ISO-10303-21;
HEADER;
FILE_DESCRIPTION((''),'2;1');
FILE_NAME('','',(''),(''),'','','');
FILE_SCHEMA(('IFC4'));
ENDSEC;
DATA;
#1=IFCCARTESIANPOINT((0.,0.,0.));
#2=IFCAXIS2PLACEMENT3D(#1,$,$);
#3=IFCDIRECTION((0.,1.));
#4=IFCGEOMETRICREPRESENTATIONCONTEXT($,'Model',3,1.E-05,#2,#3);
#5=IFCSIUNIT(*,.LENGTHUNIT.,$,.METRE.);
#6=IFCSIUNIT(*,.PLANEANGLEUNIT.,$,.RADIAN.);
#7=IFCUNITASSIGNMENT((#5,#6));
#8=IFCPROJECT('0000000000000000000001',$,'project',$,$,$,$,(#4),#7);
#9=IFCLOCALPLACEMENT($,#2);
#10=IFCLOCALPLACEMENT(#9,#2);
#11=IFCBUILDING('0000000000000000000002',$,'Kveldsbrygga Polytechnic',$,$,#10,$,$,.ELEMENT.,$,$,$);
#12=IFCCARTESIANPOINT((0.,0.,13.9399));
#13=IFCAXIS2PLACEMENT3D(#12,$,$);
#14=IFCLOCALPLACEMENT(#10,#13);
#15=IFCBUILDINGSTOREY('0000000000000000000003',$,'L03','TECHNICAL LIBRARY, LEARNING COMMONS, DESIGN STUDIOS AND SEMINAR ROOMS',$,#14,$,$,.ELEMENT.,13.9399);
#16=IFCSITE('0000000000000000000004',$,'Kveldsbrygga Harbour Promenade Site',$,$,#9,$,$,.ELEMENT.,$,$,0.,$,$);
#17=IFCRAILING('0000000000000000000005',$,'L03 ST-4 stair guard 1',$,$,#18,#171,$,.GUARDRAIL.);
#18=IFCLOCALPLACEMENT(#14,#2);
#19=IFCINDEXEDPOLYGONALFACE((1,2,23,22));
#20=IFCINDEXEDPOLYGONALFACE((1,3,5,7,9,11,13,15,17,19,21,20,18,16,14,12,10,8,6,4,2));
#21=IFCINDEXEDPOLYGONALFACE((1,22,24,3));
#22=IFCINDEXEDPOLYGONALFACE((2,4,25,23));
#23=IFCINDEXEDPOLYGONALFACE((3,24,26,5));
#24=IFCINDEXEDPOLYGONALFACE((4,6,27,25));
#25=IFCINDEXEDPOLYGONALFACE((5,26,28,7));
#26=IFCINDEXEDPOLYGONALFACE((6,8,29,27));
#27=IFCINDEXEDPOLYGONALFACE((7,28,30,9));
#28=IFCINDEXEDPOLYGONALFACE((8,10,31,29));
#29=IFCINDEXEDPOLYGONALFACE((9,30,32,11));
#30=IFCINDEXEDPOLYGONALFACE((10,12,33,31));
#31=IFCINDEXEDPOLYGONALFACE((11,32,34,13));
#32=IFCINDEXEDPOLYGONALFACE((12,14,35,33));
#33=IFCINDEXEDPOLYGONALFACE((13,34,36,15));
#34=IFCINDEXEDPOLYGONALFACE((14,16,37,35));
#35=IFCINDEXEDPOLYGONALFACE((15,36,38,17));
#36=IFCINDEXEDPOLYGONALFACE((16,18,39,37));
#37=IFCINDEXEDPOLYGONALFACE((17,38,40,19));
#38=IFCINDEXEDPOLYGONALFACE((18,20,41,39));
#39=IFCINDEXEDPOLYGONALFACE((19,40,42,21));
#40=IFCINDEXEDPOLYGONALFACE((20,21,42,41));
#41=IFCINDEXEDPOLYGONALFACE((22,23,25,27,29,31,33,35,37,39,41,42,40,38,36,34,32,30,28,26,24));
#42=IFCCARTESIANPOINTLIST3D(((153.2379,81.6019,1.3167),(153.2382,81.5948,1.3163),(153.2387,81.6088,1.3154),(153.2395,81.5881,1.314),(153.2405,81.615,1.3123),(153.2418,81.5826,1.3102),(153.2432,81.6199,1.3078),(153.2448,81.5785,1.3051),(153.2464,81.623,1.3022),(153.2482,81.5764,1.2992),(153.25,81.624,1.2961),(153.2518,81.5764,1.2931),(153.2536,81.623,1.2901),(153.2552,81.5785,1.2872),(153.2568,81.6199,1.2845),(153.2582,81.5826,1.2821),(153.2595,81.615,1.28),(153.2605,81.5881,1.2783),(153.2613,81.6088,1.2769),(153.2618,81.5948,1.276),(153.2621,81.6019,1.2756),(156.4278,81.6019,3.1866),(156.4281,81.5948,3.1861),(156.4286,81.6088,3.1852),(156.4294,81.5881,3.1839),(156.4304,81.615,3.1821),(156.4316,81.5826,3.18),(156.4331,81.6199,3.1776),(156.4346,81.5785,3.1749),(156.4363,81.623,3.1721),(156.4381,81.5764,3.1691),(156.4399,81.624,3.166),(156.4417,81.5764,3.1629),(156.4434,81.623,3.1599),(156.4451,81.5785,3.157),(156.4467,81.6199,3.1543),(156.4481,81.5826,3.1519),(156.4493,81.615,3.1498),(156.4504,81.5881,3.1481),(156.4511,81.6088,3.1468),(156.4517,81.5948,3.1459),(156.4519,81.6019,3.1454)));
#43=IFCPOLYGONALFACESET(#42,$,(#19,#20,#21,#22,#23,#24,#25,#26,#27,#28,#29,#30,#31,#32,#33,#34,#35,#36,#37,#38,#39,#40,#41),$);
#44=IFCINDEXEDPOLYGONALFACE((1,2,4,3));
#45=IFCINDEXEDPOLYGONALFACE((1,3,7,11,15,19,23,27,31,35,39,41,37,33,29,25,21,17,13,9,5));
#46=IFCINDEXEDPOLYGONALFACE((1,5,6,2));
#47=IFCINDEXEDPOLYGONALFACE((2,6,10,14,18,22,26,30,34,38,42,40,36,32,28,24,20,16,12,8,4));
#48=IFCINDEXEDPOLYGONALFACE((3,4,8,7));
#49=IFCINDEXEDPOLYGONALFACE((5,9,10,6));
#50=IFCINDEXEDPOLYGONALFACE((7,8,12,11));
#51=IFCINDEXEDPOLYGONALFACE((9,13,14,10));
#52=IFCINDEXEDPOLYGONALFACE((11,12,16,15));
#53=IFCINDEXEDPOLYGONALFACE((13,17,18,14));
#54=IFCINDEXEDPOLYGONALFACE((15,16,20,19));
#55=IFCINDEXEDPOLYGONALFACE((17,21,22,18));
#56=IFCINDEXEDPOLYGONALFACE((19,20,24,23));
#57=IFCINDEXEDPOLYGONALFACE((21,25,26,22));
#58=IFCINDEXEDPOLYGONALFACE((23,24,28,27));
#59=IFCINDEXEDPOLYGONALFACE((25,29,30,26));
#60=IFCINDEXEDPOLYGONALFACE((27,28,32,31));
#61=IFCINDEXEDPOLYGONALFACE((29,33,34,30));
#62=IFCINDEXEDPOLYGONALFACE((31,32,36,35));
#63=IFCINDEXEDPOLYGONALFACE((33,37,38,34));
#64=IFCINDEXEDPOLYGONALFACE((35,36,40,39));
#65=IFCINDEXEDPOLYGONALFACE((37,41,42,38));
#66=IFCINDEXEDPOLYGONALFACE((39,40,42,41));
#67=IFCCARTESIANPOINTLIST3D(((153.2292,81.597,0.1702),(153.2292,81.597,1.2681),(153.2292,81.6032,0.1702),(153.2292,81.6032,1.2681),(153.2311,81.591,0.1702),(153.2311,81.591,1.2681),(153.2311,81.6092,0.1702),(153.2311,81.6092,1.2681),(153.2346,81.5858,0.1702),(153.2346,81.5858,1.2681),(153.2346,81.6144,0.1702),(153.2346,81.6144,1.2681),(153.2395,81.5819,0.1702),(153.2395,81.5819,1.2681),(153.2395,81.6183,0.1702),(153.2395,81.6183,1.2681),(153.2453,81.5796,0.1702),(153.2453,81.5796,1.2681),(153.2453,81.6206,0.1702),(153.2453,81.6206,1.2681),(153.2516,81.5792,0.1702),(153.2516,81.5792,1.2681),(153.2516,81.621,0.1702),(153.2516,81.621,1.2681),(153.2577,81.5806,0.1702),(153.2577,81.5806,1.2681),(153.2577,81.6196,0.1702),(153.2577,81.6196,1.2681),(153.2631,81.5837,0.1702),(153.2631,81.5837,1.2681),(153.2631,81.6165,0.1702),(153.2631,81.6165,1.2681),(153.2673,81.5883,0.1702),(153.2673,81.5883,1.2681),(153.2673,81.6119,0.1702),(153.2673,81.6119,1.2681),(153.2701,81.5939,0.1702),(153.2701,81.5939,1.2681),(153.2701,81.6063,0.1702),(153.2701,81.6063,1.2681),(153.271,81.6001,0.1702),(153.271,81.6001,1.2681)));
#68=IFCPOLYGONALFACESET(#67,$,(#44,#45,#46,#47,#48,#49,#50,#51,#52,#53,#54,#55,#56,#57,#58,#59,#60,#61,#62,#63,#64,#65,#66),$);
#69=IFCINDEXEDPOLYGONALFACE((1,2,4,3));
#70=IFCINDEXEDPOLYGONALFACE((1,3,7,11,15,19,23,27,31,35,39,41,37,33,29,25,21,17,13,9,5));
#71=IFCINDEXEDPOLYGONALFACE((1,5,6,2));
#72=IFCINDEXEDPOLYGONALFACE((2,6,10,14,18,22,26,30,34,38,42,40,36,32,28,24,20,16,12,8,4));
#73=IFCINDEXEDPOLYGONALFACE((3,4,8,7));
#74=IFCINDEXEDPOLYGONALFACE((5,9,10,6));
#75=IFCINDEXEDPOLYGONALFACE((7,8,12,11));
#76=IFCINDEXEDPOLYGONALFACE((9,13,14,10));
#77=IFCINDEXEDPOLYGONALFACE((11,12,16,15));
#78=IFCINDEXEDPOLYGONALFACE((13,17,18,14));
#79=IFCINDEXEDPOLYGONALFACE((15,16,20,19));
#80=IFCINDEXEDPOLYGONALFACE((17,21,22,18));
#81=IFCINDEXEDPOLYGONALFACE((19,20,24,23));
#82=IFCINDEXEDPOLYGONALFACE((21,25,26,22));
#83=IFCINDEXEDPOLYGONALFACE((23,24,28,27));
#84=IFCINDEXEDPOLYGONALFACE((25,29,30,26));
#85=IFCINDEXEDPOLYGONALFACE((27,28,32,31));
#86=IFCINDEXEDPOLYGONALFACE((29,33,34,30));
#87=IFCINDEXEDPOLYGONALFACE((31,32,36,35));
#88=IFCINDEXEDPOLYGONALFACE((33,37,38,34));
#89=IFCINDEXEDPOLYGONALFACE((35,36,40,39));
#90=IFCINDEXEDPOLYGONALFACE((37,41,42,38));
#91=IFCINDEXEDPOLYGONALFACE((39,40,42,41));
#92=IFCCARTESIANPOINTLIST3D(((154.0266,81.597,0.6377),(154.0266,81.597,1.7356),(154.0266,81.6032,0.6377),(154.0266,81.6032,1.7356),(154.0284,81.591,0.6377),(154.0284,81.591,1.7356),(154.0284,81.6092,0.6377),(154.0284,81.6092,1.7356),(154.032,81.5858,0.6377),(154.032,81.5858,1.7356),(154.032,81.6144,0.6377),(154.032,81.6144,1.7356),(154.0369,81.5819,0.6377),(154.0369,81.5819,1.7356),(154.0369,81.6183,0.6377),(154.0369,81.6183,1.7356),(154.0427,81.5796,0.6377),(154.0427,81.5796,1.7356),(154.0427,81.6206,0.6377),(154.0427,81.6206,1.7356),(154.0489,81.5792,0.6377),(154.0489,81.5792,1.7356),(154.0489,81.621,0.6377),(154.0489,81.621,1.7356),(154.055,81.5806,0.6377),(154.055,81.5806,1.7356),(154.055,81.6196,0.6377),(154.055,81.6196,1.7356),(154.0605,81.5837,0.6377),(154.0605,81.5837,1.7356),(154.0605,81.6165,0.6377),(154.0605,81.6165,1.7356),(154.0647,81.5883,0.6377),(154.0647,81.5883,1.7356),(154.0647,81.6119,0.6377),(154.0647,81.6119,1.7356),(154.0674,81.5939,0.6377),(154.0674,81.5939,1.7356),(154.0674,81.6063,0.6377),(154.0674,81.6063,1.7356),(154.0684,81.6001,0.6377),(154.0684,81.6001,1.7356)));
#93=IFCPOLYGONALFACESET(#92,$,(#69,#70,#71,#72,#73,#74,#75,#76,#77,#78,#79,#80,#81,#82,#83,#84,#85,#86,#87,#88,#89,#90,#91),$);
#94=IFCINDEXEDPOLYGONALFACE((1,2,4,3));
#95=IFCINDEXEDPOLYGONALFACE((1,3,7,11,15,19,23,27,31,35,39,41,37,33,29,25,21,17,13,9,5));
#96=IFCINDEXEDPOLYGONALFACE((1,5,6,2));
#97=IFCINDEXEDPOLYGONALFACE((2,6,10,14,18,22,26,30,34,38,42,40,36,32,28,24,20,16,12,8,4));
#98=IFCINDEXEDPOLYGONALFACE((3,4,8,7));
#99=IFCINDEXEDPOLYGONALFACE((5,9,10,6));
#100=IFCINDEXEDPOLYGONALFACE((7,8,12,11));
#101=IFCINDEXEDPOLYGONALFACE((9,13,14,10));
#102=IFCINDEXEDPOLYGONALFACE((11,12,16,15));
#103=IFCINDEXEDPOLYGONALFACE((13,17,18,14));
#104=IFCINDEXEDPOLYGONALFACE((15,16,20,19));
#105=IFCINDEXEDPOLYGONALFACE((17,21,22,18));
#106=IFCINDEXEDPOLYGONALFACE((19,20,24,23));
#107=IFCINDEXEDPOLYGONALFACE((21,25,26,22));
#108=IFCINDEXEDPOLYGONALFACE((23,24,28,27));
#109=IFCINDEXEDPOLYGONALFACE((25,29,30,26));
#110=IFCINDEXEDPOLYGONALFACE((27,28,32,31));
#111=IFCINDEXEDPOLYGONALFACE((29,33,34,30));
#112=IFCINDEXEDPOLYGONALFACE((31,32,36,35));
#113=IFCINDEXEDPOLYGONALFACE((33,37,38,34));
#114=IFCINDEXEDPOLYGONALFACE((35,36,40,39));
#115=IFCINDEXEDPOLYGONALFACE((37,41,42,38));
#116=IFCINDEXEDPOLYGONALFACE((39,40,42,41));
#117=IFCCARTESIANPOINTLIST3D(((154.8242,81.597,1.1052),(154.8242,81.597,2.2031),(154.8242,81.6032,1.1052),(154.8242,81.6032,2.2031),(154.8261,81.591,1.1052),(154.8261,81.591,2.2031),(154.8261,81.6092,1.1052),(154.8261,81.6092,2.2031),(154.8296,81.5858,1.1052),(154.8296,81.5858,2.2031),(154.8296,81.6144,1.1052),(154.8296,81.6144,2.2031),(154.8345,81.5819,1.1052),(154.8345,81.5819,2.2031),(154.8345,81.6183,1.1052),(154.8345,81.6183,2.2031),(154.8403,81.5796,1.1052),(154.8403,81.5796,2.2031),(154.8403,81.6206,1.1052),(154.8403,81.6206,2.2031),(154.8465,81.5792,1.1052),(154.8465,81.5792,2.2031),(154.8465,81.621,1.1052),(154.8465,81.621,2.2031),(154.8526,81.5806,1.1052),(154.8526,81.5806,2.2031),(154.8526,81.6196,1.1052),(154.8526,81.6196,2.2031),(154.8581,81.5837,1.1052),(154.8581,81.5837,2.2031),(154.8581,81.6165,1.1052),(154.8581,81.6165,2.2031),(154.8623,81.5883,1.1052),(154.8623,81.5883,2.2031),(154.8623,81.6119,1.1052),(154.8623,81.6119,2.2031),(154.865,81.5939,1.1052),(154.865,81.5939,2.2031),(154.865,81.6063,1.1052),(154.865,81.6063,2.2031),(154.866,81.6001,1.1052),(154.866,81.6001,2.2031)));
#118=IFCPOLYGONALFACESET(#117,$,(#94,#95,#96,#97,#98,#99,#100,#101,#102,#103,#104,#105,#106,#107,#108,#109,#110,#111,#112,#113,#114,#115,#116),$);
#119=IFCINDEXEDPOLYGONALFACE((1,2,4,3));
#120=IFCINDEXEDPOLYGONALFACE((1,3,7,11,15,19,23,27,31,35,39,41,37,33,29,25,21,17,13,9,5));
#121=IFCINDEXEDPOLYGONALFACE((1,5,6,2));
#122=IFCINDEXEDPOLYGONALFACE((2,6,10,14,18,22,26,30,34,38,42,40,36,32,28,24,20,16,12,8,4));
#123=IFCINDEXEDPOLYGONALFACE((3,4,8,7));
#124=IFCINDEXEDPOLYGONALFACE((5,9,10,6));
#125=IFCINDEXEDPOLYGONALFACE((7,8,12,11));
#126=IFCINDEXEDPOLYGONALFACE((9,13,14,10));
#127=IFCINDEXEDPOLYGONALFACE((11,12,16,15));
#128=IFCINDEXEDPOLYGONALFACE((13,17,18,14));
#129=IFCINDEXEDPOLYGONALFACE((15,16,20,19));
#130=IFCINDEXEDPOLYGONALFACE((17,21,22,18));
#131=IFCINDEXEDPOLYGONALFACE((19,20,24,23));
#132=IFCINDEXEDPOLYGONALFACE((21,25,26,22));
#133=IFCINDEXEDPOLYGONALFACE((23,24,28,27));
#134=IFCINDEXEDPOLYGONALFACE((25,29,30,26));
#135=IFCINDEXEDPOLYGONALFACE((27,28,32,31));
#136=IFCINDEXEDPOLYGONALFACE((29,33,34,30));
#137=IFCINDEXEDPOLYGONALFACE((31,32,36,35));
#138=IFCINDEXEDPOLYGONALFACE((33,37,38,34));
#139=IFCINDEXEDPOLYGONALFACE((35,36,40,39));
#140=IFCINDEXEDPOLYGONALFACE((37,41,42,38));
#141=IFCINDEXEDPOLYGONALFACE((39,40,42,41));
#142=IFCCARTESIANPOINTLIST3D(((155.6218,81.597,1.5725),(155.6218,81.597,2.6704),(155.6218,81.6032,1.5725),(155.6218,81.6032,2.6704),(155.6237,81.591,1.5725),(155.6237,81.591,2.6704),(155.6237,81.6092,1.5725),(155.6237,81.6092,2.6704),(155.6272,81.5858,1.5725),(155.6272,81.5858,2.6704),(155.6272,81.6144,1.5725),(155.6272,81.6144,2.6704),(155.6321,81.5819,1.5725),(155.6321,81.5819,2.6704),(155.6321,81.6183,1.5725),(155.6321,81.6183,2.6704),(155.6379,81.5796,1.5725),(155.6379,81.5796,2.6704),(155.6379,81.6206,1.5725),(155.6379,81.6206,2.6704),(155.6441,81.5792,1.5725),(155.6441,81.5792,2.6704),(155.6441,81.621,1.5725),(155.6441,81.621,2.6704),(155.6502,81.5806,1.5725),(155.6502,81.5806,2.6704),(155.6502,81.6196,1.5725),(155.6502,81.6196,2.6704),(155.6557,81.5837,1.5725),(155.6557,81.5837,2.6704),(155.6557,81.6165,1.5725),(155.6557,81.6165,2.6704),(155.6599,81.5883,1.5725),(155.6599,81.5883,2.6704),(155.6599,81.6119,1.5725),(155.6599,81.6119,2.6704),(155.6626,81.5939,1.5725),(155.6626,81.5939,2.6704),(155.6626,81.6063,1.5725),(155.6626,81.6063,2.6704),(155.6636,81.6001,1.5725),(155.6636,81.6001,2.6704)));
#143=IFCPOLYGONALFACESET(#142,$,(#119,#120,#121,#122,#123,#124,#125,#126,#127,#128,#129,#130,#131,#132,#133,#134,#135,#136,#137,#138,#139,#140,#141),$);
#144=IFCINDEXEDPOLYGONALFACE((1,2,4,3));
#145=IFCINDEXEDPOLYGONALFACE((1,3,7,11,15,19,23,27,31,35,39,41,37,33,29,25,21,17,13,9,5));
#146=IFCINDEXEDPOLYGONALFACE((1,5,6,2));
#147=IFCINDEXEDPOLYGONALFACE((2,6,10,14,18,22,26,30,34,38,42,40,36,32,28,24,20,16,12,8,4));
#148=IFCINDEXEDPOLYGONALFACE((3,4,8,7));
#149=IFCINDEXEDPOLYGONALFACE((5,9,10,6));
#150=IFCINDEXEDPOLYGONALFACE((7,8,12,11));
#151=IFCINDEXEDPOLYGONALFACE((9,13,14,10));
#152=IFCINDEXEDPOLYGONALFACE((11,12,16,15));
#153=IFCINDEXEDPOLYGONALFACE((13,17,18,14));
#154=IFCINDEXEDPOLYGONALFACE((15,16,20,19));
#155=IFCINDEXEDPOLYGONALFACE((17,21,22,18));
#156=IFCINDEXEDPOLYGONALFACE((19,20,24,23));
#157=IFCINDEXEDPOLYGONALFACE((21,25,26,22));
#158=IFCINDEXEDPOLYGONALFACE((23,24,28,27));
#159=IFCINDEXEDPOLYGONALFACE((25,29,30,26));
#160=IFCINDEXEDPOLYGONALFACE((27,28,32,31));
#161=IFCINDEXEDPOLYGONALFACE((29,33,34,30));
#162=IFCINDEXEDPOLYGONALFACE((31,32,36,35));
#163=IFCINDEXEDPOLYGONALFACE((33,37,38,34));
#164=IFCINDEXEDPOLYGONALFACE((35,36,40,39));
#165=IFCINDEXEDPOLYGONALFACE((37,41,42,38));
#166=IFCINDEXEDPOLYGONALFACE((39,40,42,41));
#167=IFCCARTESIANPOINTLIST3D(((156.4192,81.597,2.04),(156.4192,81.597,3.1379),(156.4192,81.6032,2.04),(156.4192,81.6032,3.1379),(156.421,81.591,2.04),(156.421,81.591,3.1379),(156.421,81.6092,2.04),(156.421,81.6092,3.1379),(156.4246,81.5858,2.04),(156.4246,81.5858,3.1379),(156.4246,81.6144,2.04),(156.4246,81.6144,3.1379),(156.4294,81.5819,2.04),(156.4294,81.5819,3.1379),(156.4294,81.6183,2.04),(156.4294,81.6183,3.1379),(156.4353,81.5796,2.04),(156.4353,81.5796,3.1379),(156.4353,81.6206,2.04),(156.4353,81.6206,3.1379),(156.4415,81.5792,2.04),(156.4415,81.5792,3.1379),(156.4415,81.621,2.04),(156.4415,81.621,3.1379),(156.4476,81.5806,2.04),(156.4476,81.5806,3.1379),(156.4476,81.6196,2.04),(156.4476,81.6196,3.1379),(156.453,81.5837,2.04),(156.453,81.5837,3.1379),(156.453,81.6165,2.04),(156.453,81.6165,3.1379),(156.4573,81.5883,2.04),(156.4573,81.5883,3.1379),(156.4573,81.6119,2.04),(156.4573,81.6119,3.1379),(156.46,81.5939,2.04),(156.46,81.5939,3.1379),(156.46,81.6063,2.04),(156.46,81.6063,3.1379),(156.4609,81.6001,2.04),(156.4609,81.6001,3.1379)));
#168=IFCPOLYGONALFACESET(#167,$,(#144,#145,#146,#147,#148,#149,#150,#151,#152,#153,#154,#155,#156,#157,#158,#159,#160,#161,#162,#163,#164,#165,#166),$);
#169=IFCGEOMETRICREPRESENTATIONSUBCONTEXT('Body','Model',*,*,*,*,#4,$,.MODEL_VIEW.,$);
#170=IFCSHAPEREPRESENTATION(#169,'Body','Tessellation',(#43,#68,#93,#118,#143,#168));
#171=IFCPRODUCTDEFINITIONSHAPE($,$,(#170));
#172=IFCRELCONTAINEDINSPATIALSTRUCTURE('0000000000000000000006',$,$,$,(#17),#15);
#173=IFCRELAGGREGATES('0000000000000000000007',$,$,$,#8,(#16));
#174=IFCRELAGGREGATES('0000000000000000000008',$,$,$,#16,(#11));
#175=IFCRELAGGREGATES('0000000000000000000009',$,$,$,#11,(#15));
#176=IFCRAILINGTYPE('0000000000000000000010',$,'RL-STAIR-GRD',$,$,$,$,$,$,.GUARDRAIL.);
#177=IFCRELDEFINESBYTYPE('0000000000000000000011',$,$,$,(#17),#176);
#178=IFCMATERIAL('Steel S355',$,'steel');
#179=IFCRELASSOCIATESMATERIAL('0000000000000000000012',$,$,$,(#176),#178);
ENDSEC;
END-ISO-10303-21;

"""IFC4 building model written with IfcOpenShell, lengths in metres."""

from ifc_helpers import new_model, si_unit, direction, frame, origin, origin_2d, place, context, subcontext, project, spatial, circle, extrude, material, type_object, element, save


model = new_model("IFC4")

# Units and contexts
model_context = context("Model", 3, precision=1e-05, world=origin(), true_north=direction((0.0, 1.0)))
body_context = subcontext(model_context, "Body", "Model", "MODEL_VIEW")
ifc_project = project(units=[si_unit("LENGTHUNIT", "METRE"), si_unit("PLANEANGLEUNIT", "RADIAN")], contexts=[model_context])

# Site, building, storey
site_placement = place(None, origin())
site = spatial("IfcSite", under=ifc_project, at=site_placement, Name="Kveldsbrygga Harbour Promenade Site", CompositionType="ELEMENT", RefElevation=0.0)
building_placement = place(site_placement, origin())
building = spatial("IfcBuilding", under=site, at=building_placement, Name="Kveldsbrygga Polytechnic", CompositionType="ELEMENT")
storey_placement = place(building_placement, frame((0.0, 0.0, 13.9399)))
storey = spatial("IfcBuildingStorey", under=building, at=storey_placement, Name="L03", Description="TECHNICAL LIBRARY, LEARNING COMMONS, DESIGN STUDIOS AND SEMINAR ROOMS", CompositionType="ELEMENT", Elevation=13.9399)

# Railing
ifc_material_1 = material(Name="Steel S355", Category="steel")
railing_type_1 = type_object("IfcRailingType", Name="RL-STAIR-GRD", PredefinedType="GUARDRAIL", material=ifc_material_1)
railing_1_placement = place(storey_placement, frame((153.25, 81.6001, 0.1702)))
element("IfcRailing", 1, at=railing_1_placement, inside=storey, type_object=railing_type_1, Name="L03 ST-4 stair guard 1", PredefinedType="GUARDRAIL", context=body_context, shape_type="SweptSolid", body=[
    extrude(circle(Radius=0.0239, at=origin_2d()), frame((0.0, 0.0, 1.126), z_axis=(0.862709, 0.0, 0.505701), x_axis=(0.0, 1.0, 0.0)), (0.0, 0.0, 1.0), 3.6975),
    extrude(circle(Radius=0.021, at=origin_2d()), origin(), (0.0, 0.0, 1.0), 1.0979),
    extrude(circle(Radius=0.021, at=origin_2d()), frame((0.7974, 0.0, 0.4675)), (0.0, 0.0, 1.0), 1.0979),
    extrude(circle(Radius=0.021, at=origin_2d()), frame((1.595, 0.0, 0.9351)), (0.0, 0.0, 1.0), 1.0979),
    extrude(circle(Radius=0.021, at=origin_2d()), frame((2.3926, 0.0, 1.4023)), (0.0, 0.0, 1.0), 1.0979),
    extrude(circle(Radius=0.021, at=origin_2d()), frame((3.1899, 0.0, 1.8699)), (0.0, 0.0, 1.0), 1.0979),
])

save(model, "model.ifc")
